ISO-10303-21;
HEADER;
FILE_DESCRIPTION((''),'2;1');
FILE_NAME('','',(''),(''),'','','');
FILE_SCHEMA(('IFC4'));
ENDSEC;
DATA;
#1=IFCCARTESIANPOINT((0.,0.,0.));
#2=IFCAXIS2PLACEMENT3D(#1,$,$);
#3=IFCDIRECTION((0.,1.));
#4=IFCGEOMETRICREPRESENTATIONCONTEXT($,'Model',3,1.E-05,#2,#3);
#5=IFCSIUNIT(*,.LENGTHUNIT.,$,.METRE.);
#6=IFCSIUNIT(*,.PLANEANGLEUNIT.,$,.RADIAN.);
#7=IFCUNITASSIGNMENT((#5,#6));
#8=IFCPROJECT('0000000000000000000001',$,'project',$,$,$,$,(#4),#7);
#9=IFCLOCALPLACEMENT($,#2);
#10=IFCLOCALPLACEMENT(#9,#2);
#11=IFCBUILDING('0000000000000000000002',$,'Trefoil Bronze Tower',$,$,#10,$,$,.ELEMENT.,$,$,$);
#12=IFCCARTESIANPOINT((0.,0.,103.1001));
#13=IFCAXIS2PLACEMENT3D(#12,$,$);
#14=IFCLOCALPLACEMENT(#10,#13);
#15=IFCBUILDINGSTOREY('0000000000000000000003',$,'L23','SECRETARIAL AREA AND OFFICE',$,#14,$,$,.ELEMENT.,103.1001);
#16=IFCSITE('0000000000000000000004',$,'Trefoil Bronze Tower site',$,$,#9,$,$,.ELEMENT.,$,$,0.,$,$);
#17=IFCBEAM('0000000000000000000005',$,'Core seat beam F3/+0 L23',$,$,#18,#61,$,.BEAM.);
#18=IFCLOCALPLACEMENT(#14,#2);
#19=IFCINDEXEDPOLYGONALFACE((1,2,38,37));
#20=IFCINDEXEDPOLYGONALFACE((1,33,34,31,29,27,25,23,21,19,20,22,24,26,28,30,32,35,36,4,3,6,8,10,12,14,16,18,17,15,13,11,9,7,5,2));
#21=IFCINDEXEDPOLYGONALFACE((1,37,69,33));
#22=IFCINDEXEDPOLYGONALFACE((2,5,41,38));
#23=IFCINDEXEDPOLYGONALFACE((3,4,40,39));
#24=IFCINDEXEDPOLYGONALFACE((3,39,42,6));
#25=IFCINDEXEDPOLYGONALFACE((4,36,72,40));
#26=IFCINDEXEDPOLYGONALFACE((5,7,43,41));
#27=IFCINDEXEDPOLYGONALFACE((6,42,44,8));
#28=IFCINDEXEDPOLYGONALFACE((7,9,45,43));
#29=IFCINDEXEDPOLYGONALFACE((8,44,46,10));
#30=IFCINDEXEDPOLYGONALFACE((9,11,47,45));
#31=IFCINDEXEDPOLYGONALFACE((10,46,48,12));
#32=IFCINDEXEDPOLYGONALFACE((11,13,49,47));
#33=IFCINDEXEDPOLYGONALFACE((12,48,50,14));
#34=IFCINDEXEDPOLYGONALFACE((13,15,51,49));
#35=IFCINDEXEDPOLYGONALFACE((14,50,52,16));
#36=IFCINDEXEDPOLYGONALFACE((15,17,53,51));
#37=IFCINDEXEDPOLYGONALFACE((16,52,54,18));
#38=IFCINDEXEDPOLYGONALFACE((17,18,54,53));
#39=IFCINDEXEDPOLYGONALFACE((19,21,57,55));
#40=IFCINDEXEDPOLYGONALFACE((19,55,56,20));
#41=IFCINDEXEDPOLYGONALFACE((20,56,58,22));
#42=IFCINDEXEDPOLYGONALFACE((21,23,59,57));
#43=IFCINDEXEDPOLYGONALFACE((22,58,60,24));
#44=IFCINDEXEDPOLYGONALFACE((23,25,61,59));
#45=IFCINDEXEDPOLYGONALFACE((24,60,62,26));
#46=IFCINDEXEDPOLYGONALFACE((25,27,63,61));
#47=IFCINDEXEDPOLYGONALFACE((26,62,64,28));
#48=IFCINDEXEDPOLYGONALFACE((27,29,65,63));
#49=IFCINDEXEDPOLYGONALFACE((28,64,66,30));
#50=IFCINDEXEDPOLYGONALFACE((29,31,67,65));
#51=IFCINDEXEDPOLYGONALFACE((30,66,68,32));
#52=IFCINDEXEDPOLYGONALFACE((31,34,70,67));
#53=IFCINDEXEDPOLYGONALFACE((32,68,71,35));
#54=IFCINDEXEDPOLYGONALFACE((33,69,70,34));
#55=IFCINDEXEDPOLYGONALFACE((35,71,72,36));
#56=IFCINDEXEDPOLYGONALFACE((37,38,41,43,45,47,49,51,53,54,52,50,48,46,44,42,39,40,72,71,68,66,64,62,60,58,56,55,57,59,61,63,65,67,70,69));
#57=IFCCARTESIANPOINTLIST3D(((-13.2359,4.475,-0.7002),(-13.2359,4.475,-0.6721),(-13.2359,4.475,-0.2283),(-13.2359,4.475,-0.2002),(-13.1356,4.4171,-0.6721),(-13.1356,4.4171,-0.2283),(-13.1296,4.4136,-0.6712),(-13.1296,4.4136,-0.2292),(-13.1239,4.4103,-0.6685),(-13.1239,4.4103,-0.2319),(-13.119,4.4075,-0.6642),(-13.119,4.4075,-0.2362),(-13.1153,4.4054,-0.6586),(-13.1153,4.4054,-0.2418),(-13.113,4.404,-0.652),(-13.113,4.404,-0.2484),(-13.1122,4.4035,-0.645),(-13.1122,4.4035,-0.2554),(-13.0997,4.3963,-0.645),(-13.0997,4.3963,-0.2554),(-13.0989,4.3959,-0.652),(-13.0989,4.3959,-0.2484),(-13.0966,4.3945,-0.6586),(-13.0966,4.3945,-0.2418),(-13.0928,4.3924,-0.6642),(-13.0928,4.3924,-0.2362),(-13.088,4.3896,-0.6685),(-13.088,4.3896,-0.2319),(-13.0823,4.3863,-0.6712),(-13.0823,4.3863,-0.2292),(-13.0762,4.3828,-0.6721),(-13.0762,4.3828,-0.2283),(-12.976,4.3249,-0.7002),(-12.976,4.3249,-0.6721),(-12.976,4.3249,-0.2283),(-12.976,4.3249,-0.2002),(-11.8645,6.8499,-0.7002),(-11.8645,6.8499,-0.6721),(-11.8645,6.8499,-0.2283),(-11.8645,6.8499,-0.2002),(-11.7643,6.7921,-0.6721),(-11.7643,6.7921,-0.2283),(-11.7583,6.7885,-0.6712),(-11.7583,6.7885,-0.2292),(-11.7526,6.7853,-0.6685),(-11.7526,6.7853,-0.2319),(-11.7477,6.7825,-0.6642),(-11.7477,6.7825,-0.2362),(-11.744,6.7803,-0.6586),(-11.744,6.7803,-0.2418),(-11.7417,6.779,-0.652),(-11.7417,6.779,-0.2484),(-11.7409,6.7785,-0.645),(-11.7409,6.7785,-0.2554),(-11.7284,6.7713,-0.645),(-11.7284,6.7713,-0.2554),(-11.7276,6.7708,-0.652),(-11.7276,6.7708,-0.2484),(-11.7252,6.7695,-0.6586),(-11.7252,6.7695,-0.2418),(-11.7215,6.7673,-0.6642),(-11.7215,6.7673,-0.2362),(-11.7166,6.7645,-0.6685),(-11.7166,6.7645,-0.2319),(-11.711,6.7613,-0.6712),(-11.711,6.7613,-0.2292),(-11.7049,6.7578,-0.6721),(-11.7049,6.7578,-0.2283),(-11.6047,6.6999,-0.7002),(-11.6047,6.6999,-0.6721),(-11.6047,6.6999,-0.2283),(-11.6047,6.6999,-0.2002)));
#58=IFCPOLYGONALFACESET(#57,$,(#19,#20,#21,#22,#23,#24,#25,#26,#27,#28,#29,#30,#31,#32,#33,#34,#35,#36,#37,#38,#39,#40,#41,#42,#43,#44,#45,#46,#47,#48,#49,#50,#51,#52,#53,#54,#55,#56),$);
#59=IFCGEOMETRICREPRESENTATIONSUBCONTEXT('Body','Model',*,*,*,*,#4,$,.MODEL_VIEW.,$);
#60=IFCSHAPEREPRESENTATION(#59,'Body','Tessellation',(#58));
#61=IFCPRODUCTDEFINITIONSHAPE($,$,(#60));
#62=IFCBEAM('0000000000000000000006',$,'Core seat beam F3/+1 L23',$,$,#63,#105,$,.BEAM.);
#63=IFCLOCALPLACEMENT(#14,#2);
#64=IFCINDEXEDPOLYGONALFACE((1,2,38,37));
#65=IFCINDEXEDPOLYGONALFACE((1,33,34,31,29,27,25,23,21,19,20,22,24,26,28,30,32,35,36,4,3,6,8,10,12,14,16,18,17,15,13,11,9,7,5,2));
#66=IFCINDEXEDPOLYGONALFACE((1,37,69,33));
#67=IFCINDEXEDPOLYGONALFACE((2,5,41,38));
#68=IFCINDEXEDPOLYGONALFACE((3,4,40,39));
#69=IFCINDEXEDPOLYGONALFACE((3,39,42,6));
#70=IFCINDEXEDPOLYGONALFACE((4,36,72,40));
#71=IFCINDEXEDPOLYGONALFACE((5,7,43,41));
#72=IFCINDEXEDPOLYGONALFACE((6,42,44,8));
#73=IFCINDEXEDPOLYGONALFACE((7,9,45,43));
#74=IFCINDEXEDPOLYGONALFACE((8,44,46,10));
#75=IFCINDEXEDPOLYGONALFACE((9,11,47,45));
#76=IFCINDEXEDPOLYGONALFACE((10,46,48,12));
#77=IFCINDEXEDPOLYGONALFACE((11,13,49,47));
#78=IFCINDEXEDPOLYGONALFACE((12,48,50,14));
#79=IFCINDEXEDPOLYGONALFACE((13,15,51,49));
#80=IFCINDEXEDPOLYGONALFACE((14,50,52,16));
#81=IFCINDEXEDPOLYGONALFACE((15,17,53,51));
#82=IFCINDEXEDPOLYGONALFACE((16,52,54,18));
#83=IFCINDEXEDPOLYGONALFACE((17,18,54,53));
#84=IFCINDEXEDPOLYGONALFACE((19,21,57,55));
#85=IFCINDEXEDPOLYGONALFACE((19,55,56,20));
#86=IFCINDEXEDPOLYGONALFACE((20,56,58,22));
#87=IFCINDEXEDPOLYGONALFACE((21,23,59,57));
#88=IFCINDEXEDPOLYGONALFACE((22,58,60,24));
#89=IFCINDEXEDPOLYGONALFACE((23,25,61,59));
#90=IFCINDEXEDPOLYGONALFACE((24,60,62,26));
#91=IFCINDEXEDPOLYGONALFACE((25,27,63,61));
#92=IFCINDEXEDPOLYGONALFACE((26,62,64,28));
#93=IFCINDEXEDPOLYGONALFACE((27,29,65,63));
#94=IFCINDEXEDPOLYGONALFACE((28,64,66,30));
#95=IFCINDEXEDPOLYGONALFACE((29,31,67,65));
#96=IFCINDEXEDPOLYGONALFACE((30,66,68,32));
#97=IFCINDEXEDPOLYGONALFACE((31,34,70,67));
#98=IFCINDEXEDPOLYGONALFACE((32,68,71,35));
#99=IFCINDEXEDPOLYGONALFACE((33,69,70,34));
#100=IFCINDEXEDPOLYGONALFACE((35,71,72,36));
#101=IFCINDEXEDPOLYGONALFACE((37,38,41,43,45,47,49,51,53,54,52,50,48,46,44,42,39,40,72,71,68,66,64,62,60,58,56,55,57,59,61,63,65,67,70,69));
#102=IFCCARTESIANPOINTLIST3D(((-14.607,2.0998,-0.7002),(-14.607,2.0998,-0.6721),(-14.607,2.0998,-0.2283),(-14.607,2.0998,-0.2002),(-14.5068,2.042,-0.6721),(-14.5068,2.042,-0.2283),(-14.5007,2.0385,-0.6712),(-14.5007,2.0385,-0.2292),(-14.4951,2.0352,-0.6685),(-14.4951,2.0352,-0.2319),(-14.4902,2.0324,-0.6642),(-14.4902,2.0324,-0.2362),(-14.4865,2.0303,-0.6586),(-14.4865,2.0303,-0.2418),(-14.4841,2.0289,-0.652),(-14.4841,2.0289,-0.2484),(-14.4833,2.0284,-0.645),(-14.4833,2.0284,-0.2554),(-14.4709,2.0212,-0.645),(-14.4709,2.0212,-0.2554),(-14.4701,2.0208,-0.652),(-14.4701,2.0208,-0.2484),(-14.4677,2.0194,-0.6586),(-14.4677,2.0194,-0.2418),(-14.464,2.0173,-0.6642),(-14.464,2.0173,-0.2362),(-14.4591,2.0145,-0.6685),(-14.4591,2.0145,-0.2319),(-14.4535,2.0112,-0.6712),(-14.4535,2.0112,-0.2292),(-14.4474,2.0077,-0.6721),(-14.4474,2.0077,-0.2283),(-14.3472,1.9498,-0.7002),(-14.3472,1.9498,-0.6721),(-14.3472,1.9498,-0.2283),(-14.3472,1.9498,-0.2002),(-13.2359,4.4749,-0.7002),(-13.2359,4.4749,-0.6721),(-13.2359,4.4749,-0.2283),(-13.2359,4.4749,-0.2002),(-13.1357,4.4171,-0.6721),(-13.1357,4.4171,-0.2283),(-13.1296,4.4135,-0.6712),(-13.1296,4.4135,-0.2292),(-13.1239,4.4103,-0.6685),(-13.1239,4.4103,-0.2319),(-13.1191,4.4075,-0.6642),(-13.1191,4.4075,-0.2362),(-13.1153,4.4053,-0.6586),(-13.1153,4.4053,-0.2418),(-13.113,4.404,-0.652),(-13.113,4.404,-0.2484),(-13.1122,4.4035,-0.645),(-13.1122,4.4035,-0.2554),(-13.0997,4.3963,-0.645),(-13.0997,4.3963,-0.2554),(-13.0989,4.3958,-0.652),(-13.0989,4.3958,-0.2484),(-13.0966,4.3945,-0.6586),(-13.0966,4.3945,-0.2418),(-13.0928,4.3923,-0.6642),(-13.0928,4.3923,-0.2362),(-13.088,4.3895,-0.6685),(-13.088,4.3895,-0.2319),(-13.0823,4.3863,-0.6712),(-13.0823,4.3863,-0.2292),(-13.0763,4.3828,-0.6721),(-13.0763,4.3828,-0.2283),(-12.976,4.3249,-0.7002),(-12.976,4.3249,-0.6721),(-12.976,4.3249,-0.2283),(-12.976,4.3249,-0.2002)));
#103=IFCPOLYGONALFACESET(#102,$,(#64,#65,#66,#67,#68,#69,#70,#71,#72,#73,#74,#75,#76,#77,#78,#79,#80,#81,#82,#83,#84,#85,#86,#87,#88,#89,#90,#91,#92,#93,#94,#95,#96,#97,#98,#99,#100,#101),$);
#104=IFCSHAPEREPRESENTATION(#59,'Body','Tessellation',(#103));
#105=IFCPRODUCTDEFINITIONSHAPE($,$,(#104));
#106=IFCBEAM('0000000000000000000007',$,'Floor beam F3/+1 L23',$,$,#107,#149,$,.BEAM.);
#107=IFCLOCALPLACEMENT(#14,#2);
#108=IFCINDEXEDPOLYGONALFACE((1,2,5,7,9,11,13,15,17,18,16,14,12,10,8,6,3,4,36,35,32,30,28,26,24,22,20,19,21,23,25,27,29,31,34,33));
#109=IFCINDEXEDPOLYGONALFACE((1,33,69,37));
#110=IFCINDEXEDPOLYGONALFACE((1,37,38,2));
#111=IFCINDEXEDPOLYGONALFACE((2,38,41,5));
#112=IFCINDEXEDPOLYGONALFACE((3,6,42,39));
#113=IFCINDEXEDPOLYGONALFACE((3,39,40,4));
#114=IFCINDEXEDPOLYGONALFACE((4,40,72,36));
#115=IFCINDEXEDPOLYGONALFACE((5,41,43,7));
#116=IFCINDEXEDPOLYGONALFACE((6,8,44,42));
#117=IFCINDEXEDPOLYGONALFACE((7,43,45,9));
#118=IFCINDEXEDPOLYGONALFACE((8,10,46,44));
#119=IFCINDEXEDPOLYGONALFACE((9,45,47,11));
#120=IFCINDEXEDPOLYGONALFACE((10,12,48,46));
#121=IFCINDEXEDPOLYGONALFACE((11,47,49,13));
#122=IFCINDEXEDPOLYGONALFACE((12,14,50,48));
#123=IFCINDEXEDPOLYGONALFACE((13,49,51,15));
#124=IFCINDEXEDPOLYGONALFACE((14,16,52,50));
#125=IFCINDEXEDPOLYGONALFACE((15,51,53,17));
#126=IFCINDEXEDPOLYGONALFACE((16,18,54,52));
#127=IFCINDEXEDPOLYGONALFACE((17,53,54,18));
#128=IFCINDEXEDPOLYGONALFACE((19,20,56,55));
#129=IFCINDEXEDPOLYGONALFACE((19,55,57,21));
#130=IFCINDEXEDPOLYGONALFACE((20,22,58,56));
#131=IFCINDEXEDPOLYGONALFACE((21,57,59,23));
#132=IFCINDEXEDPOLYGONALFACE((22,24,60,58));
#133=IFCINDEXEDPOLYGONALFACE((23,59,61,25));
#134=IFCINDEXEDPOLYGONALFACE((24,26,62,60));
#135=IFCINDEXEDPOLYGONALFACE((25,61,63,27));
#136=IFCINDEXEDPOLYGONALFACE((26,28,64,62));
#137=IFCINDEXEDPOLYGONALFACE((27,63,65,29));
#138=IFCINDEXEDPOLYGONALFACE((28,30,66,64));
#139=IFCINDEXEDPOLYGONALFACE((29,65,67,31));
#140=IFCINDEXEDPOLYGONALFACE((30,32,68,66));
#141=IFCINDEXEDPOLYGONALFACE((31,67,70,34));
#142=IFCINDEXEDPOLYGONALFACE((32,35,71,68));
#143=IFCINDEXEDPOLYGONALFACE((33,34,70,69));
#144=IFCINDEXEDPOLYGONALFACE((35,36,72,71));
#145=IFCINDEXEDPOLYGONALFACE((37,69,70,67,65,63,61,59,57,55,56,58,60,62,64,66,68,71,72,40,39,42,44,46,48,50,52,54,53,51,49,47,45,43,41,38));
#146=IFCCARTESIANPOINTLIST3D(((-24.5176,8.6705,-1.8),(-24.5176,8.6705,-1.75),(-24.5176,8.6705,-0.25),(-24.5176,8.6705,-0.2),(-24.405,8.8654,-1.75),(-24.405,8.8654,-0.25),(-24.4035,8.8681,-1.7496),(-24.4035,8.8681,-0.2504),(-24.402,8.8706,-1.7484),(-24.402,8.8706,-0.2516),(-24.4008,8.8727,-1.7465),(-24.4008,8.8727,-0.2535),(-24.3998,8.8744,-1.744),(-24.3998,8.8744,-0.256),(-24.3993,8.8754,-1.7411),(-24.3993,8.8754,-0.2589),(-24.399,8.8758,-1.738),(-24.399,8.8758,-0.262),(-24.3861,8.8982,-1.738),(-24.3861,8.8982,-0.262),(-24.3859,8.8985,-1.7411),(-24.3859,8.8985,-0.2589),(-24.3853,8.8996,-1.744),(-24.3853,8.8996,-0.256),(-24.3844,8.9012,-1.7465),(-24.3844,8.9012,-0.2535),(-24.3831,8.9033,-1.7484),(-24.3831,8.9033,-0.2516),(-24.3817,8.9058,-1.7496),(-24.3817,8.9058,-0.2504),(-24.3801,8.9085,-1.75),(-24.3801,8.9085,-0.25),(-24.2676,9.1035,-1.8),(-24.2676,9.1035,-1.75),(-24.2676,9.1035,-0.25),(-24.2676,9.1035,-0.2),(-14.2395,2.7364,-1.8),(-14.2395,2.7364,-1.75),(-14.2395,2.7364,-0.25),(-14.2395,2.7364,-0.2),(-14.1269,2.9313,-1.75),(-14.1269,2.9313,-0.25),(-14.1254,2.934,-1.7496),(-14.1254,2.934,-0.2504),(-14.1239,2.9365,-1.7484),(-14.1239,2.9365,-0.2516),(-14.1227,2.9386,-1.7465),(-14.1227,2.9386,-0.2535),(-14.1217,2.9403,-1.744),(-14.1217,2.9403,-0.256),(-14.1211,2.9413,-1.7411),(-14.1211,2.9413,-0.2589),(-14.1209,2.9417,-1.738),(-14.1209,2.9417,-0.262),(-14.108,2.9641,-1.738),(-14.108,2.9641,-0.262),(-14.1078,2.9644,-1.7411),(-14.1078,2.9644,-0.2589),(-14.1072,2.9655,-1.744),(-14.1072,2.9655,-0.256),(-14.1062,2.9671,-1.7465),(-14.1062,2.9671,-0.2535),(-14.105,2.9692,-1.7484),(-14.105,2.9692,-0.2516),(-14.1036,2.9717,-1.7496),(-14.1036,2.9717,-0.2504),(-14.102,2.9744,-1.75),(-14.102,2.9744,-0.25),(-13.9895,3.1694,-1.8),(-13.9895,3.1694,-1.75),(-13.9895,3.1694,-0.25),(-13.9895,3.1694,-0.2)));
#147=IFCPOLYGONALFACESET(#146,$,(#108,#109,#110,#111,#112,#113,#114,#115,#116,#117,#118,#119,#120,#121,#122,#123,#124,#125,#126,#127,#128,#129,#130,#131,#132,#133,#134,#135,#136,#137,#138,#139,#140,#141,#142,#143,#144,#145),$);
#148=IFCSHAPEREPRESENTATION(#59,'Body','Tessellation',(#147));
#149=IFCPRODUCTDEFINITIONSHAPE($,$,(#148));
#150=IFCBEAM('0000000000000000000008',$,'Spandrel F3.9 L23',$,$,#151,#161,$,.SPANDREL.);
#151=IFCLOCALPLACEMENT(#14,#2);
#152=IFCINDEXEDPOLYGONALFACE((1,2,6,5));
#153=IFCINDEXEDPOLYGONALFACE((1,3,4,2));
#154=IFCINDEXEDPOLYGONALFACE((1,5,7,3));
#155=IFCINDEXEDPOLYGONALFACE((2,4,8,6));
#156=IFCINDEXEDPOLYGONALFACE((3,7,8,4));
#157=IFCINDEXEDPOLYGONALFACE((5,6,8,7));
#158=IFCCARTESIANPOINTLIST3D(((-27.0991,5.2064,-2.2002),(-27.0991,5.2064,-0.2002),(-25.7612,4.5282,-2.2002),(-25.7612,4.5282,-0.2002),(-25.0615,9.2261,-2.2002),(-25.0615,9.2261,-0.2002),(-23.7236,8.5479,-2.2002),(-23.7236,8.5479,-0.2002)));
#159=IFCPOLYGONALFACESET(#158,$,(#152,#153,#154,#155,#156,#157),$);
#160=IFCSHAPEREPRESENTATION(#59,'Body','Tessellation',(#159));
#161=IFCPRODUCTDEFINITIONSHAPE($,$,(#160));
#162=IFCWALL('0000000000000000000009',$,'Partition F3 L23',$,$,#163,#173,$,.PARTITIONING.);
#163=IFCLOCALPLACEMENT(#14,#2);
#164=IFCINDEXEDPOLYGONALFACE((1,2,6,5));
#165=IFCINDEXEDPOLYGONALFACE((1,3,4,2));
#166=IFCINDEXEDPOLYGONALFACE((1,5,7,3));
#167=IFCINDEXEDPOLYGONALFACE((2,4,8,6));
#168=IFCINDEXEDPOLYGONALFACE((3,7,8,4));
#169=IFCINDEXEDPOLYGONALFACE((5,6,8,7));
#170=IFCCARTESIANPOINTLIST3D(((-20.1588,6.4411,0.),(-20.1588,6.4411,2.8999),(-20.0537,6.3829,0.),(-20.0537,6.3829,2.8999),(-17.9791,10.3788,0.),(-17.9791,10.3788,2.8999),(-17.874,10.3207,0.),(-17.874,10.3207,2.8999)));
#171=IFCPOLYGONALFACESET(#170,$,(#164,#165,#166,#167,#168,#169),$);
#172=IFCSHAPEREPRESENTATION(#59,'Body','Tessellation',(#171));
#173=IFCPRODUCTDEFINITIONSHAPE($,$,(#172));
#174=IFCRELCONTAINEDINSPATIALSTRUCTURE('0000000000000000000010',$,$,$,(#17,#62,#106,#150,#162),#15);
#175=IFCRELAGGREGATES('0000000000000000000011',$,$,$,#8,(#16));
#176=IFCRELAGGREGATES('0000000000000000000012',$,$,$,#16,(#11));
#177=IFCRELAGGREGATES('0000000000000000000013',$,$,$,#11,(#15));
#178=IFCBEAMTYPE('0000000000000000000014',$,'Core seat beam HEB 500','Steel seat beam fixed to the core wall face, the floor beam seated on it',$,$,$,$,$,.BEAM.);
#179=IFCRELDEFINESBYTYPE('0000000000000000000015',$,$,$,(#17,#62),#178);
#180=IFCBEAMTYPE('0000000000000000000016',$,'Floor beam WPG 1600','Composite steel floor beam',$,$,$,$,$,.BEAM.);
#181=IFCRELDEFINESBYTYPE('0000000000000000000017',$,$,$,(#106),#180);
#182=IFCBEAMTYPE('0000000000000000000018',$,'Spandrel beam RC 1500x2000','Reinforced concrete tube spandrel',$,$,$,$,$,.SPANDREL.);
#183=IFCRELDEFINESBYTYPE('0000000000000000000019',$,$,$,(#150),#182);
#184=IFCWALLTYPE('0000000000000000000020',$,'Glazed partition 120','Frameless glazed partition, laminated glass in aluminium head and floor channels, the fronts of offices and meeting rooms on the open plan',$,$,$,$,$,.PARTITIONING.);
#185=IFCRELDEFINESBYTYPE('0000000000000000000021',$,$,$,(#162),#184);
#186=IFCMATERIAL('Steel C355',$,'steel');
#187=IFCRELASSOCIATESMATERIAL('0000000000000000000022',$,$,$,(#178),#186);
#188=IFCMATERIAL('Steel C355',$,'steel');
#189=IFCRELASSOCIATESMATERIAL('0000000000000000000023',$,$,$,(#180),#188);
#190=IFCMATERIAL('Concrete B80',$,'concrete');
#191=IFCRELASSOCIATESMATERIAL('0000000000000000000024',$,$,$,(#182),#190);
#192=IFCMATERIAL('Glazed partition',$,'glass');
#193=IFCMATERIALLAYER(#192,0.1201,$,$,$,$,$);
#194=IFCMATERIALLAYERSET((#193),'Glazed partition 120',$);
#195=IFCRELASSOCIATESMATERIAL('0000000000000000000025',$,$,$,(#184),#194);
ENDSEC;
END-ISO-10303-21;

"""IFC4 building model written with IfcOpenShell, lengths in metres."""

from ifc_helpers import new_model, si_unit, direction, frame, frame_2d, origin, origin_2d, place, context, subcontext, project, spatial, rectangle, i_section, extrude, material, layer, layer_set, material_profile, profile_set, type_object, element, save


model = new_model("IFC4")

# Units and contexts
model_context = context("Model", 3, precision=1e-05, world=origin(), true_north=direction((0.0, 1.0)))
body_context = subcontext(model_context, "Body", "Model", "MODEL_VIEW")
ifc_project = project(units=[si_unit("LENGTHUNIT", "METRE"), si_unit("PLANEANGLEUNIT", "RADIAN")], contexts=[model_context])

# Site, building, storey
site_placement = place(None, origin())
site = spatial("IfcSite", under=ifc_project, at=site_placement, Name="Trefoil Bronze Tower site", CompositionType="ELEMENT", RefElevation=0.0)
building_placement = place(site_placement, origin())
building = spatial("IfcBuilding", under=site, at=building_placement, Name="Trefoil Bronze Tower", CompositionType="ELEMENT")
storey_placement = place(building_placement, frame((0.0, 0.0, 103.1001)))
storey = spatial("IfcBuildingStorey", under=building, at=storey_placement, Name="L23", Description="SECRETARIAL AREA AND OFFICE", CompositionType="ELEMENT", Elevation=103.1001)

# Beams
ifc_material_1 = material(Name="Steel C355", Category="steel")
ifc_material_profile_1 = material_profile(ifc_material_1, i_section(OverallWidth=0.3, OverallDepth=0.5, WebThickness=0.0144, FlangeThickness=0.0281, FilletRadius=0.0271, at=origin_2d()), Name="HEB 500")
ifc_profile_set_1 = profile_set([ifc_material_profile_1], Name="Steel C355")
beam_type_1 = type_object("IfcBeamType", Name="Core seat beam HEB 500", Description="Steel seat beam fixed to the core wall face, the floor beam seated on it", PredefinedType="BEAM", material=ifc_profile_set_1)
for number, where, z_axis, x_axis, name in (
    (1, (-11.7346, 6.7749, -0.4502), (-0.500036, -0.866005, 0.0), (0.866005, -0.500036, 0.0), "Core seat beam F3/+0 L23"),
    (2, (-13.106, 4.3999, -0.4502), (-0.499969, -0.866043, 0.0), (0.866043, -0.499969, 0.0), "Core seat beam F3/+1 L23"),
):
    element("IfcBeam", number, at=place(storey_placement, frame(where, z_axis=z_axis, x_axis=x_axis)), inside=storey, type_object=beam_type_1, Name=name, PredefinedType="BEAM", context=body_context, shape_type="SweptSolid", body=[
        extrude(i_section(OverallWidth=0.3, OverallDepth=0.5, WebThickness=0.0144, FlangeThickness=0.0281, FilletRadius=0.0271, at=origin_2d()), origin(), (0.0, 0.0, 1.0), 2.7424),
    ])
ifc_material_2 = material(Name="Steel C355", Category="steel")
ifc_material_profile_2 = material_profile(ifc_material_2, i_section(OverallWidth=0.5, OverallDepth=1.6001, WebThickness=0.0259, FlangeThickness=0.05, FilletRadius=0.012, at=origin_2d()), Name="WPG 1600")
ifc_profile_set_2 = profile_set([ifc_material_profile_2], Name="Steel C355")
beam_type_2 = type_object("IfcBeamType", Name="Floor beam WPG 1600", Description="Composite steel floor beam", PredefinedType="BEAM", material=ifc_profile_set_2)
beam_1_placement = place(storey_placement, frame((-24.3926, 8.887, -1.0), z_axis=(0.866024, -0.500002, 0.0), x_axis=(0.500002, 0.866024, 0.0)))
element("IfcBeam", 3, at=beam_1_placement, inside=storey, type_object=beam_type_2, Name="Floor beam F3/+1 L23", PredefinedType="BEAM", context=body_context, shape_type="SweptSolid", body=[
    extrude(i_section(OverallWidth=0.5, OverallDepth=1.6001, WebThickness=0.0259, FlangeThickness=0.05, FilletRadius=0.012, at=origin_2d()), origin(), (0.0, 0.0, 1.0), 11.8682),
])
ifc_material_3 = material(Name="Concrete B80", Category="concrete")
ifc_material_profile_3 = material_profile(ifc_material_3, rectangle(XDim=1.5, YDim=2.0, at=origin_2d()), Name="RC 1500x2000")
ifc_profile_set_3 = profile_set([ifc_material_profile_3], Name="Concrete B80")
beam_type_3 = type_object("IfcBeamType", Name="Spandrel beam RC 1500x2000", Description="Reinforced concrete tube spandrel", PredefinedType="SPANDREL", material=ifc_profile_set_3)
beam_2_placement = place(storey_placement, frame((-24.3926, 8.887, -1.2002), z_axis=(-0.452126, -0.891954, 0.0), x_axis=(0.891954, -0.452126, 0.0)))
element("IfcBeam", 4, at=beam_2_placement, inside=storey, type_object=beam_type_3, Name="Spandrel F3.9 L23", PredefinedType="SPANDREL", context=body_context, shape_type="SweptSolid", body=[
    extrude(rectangle(XDim=1.5, YDim=2.0, at=origin_2d()), origin(), (0.0, 0.0, 1.0), 4.5066),
])

# Wall
ifc_material_4 = material(Name="Glazed partition", Category="glass")
ifc_layer_1 = layer(ifc_material_4, 0.1201)
ifc_layer_set_1 = layer_set([ifc_layer_1], Name="Glazed partition 120")
wall_type_1 = type_object("IfcWallType", Name="Glazed partition 120", Description="Frameless glazed partition, laminated glass in aluminium head and floor channels, the fronts of offices and meeting rooms on the open plan", PredefinedType="PARTITIONING", material=ifc_layer_set_1)
wall_1_placement = place(storey_placement, frame((-17.9265, 10.3499, 0.0), z_axis=(0.0, 0.0, 1.0), x_axis=(-0.484293, -0.874906, 0.0)))
element("IfcWall", 5, at=wall_1_placement, inside=storey, type_object=wall_type_1, Name="Partition F3 L23", PredefinedType="PARTITIONING", context=body_context, shape_type="SweptSolid", body=[
    extrude(rectangle(XDim=4.5007, YDim=0.1201, at=frame_2d((2.2505, 0.0))), origin(), (0.0, 0.0, 1.0), 2.8999),
])

save(model, "model.ifc")
